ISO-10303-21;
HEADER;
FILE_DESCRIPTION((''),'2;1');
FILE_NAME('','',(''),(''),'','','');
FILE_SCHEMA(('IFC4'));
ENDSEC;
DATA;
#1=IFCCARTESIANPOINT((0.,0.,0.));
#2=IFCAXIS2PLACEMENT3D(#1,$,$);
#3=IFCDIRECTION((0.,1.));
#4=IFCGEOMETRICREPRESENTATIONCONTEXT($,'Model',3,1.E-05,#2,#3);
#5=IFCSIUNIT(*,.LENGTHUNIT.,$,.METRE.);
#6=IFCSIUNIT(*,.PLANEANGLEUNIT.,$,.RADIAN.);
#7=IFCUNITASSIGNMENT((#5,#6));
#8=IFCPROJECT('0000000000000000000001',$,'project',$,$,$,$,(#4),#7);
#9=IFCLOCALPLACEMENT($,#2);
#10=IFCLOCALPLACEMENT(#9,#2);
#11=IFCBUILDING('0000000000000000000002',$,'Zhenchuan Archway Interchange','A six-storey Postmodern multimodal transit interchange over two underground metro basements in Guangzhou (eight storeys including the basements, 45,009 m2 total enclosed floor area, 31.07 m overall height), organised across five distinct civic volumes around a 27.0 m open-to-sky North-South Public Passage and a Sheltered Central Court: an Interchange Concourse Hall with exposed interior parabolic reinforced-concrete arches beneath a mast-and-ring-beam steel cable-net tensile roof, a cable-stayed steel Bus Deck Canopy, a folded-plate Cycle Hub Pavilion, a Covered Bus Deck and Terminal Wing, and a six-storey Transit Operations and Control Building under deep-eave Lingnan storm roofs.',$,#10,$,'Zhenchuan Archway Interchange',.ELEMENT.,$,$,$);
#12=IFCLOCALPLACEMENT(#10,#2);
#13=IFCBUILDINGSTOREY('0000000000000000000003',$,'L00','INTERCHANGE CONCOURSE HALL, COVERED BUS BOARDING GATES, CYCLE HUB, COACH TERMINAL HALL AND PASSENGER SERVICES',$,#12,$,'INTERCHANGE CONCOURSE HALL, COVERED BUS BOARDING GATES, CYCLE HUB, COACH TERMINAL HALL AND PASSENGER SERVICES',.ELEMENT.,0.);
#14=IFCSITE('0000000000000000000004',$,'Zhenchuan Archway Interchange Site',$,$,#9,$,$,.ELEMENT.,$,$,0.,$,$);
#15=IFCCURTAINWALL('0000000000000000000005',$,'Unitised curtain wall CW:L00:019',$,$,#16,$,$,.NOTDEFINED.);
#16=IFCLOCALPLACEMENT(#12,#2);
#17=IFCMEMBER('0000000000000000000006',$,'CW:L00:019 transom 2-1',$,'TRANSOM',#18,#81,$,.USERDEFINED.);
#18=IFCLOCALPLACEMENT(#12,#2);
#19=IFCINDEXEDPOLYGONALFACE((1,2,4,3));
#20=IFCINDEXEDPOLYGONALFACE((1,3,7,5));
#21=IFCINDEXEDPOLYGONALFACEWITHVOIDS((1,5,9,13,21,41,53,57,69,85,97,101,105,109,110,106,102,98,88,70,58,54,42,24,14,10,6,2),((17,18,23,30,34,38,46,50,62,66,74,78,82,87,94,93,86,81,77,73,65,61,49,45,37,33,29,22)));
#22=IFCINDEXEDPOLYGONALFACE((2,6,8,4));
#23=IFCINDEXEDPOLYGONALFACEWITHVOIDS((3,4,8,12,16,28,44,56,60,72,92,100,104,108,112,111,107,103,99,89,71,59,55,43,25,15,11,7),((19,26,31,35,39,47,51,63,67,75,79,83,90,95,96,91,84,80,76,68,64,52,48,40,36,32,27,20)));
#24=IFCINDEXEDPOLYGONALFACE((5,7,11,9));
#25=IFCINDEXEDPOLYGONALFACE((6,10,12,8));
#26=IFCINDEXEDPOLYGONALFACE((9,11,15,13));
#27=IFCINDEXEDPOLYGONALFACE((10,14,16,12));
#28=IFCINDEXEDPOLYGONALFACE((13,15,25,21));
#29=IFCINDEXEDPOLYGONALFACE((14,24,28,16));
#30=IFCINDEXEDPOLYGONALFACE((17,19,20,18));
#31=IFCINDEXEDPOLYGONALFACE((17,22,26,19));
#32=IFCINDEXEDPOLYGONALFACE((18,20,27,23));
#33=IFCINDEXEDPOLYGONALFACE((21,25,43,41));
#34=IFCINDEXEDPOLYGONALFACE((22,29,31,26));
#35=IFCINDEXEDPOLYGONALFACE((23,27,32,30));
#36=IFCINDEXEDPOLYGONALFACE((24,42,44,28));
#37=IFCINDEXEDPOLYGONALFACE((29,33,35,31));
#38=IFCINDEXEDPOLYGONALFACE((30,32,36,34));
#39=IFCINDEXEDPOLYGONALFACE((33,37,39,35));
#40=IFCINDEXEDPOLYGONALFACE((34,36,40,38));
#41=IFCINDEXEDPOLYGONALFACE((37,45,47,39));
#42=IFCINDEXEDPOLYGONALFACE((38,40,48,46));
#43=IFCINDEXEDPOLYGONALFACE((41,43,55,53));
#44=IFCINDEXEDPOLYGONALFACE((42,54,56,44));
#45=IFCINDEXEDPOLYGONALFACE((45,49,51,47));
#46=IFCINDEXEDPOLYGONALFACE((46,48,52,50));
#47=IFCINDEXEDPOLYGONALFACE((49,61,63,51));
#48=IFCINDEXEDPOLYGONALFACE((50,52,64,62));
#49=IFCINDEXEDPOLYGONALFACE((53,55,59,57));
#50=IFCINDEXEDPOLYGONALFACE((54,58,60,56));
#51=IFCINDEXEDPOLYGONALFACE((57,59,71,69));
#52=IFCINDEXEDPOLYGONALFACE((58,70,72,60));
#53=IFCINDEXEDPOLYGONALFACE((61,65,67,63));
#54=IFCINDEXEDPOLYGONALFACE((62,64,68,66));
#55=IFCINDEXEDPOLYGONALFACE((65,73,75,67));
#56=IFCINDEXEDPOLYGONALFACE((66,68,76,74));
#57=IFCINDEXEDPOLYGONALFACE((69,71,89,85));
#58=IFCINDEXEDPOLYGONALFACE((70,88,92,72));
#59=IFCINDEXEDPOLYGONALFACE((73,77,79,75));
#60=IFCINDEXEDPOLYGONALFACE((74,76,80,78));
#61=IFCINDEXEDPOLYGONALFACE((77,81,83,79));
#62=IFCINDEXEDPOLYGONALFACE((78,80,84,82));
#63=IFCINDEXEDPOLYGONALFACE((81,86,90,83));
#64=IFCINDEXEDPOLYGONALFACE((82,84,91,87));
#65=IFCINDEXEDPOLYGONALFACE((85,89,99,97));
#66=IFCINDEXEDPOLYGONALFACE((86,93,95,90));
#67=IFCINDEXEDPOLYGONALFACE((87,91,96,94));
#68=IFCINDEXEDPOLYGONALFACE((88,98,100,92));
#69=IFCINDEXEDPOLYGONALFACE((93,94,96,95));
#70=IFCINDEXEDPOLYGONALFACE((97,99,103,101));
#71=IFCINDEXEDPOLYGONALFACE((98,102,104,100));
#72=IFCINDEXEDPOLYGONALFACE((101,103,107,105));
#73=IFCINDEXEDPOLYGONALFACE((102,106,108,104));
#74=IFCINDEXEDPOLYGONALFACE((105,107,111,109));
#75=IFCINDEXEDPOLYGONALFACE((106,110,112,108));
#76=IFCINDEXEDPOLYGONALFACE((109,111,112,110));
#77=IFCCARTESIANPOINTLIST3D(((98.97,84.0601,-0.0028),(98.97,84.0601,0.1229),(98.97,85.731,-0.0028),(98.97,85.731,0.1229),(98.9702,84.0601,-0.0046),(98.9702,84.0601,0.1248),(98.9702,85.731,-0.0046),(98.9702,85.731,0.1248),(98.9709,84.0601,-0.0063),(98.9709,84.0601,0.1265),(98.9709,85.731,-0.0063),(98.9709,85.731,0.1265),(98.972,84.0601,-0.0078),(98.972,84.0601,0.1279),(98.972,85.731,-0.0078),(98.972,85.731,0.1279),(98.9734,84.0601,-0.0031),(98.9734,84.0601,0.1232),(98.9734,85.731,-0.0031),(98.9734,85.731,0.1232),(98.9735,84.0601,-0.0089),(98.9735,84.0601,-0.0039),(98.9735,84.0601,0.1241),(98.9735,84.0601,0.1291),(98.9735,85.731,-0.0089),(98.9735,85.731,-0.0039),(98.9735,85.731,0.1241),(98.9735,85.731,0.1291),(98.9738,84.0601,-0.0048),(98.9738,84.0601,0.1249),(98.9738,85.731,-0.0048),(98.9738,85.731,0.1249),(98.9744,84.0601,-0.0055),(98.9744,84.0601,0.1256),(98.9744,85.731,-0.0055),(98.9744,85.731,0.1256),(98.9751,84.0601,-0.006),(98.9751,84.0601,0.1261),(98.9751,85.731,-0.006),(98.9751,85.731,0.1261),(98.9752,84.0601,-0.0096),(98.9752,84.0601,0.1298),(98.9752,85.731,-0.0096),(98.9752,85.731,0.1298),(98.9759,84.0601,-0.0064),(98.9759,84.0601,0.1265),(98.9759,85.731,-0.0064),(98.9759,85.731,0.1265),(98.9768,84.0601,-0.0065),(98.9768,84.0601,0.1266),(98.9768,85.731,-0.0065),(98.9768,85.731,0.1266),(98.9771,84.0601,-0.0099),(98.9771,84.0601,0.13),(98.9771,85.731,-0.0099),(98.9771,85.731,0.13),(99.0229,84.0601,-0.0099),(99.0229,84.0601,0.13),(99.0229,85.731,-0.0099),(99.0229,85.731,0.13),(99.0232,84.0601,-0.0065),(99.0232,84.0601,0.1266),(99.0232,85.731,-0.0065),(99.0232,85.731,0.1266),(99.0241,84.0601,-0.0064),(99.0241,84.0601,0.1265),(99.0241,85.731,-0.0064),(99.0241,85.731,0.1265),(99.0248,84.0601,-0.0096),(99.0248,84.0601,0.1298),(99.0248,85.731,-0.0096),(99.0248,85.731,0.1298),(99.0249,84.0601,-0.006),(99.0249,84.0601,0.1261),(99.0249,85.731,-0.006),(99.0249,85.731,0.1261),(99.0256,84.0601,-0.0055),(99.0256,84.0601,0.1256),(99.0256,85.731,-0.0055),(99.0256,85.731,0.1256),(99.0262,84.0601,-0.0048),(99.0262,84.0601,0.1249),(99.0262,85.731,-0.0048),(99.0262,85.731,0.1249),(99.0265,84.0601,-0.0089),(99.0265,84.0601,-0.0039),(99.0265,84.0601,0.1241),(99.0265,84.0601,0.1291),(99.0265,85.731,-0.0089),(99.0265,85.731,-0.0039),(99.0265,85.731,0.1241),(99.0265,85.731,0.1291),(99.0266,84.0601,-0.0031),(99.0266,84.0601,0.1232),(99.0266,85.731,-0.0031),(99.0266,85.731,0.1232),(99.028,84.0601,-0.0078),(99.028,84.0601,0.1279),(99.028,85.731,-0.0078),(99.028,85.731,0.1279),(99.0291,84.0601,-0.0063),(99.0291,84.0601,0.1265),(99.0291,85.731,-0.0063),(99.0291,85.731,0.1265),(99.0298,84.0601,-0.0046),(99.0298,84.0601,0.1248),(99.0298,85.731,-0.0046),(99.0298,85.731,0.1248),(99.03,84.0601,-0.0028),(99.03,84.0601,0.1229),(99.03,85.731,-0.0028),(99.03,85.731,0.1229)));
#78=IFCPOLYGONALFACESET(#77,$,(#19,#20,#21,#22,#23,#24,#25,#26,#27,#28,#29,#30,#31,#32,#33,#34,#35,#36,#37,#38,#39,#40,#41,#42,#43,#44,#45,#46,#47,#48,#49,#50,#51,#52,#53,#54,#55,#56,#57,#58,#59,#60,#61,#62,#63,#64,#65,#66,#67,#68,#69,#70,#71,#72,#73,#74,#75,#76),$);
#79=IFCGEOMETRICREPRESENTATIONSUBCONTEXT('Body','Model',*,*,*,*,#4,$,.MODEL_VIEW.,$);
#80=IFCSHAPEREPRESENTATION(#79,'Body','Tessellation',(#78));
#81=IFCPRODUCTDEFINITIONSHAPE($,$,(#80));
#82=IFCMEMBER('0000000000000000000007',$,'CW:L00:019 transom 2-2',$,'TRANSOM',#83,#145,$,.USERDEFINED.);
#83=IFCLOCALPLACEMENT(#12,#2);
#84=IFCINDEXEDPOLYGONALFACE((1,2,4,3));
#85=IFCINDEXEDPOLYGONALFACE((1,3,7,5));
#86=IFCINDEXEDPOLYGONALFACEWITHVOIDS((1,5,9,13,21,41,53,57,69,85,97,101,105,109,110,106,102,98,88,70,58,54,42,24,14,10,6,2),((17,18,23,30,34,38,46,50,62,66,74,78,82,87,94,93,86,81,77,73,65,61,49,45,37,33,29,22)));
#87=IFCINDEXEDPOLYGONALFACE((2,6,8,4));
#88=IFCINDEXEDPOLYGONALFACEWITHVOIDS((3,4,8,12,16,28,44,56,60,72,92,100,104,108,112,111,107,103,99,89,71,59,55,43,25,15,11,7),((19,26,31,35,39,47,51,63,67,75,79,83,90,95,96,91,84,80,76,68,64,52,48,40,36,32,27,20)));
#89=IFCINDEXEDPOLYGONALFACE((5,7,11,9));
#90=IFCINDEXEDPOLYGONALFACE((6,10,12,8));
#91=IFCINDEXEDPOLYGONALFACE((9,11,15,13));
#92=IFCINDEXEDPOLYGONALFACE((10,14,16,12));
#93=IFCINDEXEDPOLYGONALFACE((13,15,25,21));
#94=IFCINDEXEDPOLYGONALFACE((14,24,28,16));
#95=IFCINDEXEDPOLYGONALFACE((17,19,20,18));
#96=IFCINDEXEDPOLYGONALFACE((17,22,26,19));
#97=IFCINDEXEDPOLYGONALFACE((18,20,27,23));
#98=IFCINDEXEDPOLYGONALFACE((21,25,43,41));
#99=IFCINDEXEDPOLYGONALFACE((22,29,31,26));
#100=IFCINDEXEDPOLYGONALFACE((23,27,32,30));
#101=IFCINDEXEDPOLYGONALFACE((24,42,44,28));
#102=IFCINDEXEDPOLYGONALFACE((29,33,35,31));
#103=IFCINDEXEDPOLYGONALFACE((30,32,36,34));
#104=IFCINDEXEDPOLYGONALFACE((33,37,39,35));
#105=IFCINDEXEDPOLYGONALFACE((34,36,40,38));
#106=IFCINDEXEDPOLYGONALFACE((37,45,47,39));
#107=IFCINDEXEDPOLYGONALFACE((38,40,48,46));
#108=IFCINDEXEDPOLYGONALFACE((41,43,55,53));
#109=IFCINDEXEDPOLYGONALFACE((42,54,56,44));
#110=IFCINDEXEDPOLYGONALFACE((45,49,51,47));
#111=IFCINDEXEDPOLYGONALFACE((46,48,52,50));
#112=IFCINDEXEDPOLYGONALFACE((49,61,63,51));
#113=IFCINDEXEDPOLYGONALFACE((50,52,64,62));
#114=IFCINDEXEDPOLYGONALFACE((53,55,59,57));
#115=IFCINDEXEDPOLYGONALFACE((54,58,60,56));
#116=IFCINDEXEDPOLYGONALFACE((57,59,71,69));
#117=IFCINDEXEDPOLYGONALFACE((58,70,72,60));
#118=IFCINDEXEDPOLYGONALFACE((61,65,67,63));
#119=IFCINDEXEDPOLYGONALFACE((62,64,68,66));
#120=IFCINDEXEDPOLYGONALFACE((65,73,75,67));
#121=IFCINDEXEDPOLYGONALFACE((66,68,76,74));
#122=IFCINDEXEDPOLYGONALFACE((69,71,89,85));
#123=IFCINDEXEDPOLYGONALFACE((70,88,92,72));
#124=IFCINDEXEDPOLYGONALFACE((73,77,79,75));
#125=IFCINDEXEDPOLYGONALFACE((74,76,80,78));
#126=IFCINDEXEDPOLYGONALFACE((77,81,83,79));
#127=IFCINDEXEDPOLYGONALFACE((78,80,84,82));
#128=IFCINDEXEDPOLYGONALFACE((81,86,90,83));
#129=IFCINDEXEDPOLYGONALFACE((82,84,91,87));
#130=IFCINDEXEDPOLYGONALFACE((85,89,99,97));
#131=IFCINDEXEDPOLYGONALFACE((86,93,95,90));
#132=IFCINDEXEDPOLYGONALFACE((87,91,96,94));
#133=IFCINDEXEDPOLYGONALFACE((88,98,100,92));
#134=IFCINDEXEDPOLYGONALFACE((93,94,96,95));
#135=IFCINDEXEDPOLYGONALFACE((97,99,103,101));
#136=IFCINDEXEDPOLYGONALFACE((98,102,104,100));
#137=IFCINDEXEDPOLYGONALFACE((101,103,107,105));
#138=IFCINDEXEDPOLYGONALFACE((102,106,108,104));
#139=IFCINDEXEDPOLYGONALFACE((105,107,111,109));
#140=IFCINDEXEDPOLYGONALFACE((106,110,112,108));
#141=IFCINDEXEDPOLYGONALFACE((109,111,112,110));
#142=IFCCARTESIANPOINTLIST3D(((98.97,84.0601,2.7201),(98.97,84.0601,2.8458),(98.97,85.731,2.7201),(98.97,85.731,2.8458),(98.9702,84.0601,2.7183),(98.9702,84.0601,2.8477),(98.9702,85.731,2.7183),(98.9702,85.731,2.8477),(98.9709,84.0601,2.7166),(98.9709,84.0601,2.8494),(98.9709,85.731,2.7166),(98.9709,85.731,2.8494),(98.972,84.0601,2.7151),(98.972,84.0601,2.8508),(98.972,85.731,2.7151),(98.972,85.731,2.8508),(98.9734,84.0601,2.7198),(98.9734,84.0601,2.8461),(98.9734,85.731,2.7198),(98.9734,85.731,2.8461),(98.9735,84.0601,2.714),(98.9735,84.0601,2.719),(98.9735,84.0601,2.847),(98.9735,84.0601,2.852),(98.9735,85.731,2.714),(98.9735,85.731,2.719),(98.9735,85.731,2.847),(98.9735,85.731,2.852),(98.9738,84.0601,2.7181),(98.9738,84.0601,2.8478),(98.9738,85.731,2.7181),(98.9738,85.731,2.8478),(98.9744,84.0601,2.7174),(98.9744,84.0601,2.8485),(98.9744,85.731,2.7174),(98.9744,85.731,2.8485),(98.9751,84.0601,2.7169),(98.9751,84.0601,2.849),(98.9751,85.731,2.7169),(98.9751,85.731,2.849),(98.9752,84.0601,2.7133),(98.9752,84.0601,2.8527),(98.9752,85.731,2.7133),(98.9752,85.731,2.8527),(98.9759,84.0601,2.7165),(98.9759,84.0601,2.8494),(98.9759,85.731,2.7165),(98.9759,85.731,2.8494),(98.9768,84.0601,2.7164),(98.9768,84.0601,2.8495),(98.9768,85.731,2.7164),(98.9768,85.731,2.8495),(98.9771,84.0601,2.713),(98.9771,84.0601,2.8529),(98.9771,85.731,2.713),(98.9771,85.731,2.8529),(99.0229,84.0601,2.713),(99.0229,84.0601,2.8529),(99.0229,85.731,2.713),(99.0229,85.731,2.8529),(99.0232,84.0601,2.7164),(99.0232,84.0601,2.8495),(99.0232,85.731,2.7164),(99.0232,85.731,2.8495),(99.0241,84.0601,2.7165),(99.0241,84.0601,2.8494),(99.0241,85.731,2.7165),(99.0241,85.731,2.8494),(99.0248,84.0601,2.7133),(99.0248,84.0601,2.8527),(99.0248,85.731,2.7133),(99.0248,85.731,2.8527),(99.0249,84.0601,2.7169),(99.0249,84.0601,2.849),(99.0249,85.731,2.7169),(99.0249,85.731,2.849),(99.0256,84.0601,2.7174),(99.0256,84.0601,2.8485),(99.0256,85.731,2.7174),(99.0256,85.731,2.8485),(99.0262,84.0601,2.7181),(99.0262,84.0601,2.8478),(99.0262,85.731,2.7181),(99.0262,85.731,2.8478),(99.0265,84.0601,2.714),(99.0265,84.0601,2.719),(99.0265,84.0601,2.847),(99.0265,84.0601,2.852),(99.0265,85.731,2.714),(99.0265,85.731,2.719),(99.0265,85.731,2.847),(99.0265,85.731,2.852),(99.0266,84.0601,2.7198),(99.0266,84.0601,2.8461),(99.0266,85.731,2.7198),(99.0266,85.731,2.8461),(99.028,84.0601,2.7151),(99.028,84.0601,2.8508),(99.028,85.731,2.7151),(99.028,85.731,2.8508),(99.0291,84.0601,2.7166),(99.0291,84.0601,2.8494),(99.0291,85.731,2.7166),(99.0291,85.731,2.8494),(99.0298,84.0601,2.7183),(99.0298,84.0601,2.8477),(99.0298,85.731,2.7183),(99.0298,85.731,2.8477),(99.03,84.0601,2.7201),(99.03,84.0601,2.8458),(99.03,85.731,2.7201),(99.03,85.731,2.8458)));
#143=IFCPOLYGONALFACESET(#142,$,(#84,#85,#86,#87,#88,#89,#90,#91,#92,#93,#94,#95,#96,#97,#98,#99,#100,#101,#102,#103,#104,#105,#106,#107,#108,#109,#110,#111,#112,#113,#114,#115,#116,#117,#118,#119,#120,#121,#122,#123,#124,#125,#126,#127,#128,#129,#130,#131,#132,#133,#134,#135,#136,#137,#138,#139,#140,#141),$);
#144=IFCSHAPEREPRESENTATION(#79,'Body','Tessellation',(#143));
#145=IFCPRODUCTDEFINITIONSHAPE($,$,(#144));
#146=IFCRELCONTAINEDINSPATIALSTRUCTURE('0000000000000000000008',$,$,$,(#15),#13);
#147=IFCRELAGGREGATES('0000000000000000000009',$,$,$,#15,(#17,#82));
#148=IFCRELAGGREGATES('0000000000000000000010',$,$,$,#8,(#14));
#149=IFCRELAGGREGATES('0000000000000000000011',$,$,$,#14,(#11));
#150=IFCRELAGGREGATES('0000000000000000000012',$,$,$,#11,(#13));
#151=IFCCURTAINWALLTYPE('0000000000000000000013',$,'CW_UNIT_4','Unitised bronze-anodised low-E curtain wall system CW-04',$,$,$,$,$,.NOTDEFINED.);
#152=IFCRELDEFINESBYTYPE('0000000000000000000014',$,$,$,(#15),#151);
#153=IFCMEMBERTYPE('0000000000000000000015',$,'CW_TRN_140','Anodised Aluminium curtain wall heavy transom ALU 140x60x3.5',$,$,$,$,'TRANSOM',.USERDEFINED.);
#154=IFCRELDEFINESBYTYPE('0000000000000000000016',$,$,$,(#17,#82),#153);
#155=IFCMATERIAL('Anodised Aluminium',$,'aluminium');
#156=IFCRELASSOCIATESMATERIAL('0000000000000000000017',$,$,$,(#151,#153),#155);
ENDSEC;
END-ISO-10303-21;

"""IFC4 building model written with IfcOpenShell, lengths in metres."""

from ifc_helpers import new_model, si_unit, direction, frame, origin, origin_2d, place, context, subcontext, project, spatial, hollow_rectangle, extrude, material, material_profile, profile_set, type_object, element, aggregate, save


model = new_model("IFC4")

# Units and contexts
model_context = context("Model", 3, precision=1e-05, world=origin(), true_north=direction((0.0, 1.0)))
body_context = subcontext(model_context, "Body", "Model", "MODEL_VIEW")
ifc_project = project(units=[si_unit("LENGTHUNIT", "METRE"), si_unit("PLANEANGLEUNIT", "RADIAN")], contexts=[model_context])

# Site, building, storey
site_placement = place(None, origin())
site = spatial("IfcSite", under=ifc_project, at=site_placement, Name="Zhenchuan Archway Interchange Site", CompositionType="ELEMENT", RefElevation=0.0)
building_placement = place(site_placement, origin())
building = spatial("IfcBuilding", under=site, at=building_placement, Name="Zhenchuan Archway Interchange", Description="A six-storey Postmodern multimodal transit interchange over two underground metro basements in Guangzhou (eight storeys including the basements, 45,009 m2 total enclosed floor area, 31.07 m overall height), organised across five distinct civic volumes around a 27.0 m open-to-sky North-South Public Passage and a Sheltered Central Court: an Interchange Concourse Hall with exposed interior parabolic reinforced-concrete arches beneath a mast-and-ring-beam steel cable-net tensile roof, a cable-stayed steel Bus Deck Canopy, a folded-plate Cycle Hub Pavilion, a Covered Bus Deck and Terminal Wing, and a six-storey Transit Operations and Control Building under deep-eave Lingnan storm roofs.", LongName="Zhenchuan Archway Interchange", CompositionType="ELEMENT")
storey_placement = place(building_placement, origin())
storey = spatial("IfcBuildingStorey", under=building, at=storey_placement, Name="L00", Description="INTERCHANGE CONCOURSE HALL, COVERED BUS BOARDING GATES, CYCLE HUB, COACH TERMINAL HALL AND PASSENGER SERVICES", LongName="INTERCHANGE CONCOURSE HALL, COVERED BUS BOARDING GATES, CYCLE HUB, COACH TERMINAL HALL AND PASSENGER SERVICES", CompositionType="ELEMENT", Elevation=0.0)

# Curtain wall, members
ifc_material_1 = material(Name="Anodised Aluminium", Category="aluminium")
curtain_wall_type = type_object("IfcCurtainWallType", Name="CW_UNIT_4", Description="Unitised bronze-anodised low-E curtain wall system CW-04", PredefinedType="NOTDEFINED", material=ifc_material_1)
curtain_wall_placement = place(storey_placement, origin())
curtain_wall = element("IfcCurtainWall", 1, at=curtain_wall_placement, inside=storey, type_object=curtain_wall_type, Name="Unitised curtain wall CW:L00:019", PredefinedType="NOTDEFINED")
ifc_material_profile_1 = material_profile(ifc_material_1, hollow_rectangle(XDim=0.0601, YDim=0.1399, WallThickness=0.0034, InnerFilletRadius=0.0034, OuterFilletRadius=0.0071, at=origin_2d()), Name="ALU 140x60x3.5")
ifc_profile_set_1 = profile_set([ifc_material_profile_1], Name="Anodised Aluminium")
member_type = type_object("IfcMemberType", Name="CW_TRN_140", Description="Anodised Aluminium curtain wall heavy transom ALU 140x60x3.5", ElementType="TRANSOM", PredefinedType="USERDEFINED", material=ifc_profile_set_1)
member_1_placement = place(storey_placement, frame((99.0, 84.0601, 0.0601), z_axis=(0.0, 1.0, 0.0), x_axis=(-1.0, 0.0, 0.0)))
member_1 = element("IfcMember", 2, at=member_1_placement, type_object=member_type, Name="CW:L00:019 transom 2-1", ObjectType="TRANSOM", PredefinedType="USERDEFINED", context=body_context, shape_type="SweptSolid", body=[
    extrude(hollow_rectangle(XDim=0.0601, YDim=0.1399, WallThickness=0.0034, InnerFilletRadius=0.0034, OuterFilletRadius=0.0071, at=origin_2d()), origin(), (0.0, 0.0, 1.0), 1.6709),
])
member_2_placement = place(storey_placement, frame((99.0, 84.0601, 2.783), z_axis=(0.0, 1.0, 0.0), x_axis=(-1.0, 0.0, 0.0)))
member_2 = element("IfcMember", 3, at=member_2_placement, type_object=member_type, Name="CW:L00:019 transom 2-2", ObjectType="TRANSOM", PredefinedType="USERDEFINED", context=body_context, shape_type="SweptSolid", body=[
    extrude(hollow_rectangle(XDim=0.0601, YDim=0.1399, WallThickness=0.0034, InnerFilletRadius=0.0034, OuterFilletRadius=0.0071, at=origin_2d()), origin(), (0.0, 0.0, 1.0), 1.6709),
])

aggregate(curtain_wall, [member_1, member_2])

save(model, "model.ifc")
